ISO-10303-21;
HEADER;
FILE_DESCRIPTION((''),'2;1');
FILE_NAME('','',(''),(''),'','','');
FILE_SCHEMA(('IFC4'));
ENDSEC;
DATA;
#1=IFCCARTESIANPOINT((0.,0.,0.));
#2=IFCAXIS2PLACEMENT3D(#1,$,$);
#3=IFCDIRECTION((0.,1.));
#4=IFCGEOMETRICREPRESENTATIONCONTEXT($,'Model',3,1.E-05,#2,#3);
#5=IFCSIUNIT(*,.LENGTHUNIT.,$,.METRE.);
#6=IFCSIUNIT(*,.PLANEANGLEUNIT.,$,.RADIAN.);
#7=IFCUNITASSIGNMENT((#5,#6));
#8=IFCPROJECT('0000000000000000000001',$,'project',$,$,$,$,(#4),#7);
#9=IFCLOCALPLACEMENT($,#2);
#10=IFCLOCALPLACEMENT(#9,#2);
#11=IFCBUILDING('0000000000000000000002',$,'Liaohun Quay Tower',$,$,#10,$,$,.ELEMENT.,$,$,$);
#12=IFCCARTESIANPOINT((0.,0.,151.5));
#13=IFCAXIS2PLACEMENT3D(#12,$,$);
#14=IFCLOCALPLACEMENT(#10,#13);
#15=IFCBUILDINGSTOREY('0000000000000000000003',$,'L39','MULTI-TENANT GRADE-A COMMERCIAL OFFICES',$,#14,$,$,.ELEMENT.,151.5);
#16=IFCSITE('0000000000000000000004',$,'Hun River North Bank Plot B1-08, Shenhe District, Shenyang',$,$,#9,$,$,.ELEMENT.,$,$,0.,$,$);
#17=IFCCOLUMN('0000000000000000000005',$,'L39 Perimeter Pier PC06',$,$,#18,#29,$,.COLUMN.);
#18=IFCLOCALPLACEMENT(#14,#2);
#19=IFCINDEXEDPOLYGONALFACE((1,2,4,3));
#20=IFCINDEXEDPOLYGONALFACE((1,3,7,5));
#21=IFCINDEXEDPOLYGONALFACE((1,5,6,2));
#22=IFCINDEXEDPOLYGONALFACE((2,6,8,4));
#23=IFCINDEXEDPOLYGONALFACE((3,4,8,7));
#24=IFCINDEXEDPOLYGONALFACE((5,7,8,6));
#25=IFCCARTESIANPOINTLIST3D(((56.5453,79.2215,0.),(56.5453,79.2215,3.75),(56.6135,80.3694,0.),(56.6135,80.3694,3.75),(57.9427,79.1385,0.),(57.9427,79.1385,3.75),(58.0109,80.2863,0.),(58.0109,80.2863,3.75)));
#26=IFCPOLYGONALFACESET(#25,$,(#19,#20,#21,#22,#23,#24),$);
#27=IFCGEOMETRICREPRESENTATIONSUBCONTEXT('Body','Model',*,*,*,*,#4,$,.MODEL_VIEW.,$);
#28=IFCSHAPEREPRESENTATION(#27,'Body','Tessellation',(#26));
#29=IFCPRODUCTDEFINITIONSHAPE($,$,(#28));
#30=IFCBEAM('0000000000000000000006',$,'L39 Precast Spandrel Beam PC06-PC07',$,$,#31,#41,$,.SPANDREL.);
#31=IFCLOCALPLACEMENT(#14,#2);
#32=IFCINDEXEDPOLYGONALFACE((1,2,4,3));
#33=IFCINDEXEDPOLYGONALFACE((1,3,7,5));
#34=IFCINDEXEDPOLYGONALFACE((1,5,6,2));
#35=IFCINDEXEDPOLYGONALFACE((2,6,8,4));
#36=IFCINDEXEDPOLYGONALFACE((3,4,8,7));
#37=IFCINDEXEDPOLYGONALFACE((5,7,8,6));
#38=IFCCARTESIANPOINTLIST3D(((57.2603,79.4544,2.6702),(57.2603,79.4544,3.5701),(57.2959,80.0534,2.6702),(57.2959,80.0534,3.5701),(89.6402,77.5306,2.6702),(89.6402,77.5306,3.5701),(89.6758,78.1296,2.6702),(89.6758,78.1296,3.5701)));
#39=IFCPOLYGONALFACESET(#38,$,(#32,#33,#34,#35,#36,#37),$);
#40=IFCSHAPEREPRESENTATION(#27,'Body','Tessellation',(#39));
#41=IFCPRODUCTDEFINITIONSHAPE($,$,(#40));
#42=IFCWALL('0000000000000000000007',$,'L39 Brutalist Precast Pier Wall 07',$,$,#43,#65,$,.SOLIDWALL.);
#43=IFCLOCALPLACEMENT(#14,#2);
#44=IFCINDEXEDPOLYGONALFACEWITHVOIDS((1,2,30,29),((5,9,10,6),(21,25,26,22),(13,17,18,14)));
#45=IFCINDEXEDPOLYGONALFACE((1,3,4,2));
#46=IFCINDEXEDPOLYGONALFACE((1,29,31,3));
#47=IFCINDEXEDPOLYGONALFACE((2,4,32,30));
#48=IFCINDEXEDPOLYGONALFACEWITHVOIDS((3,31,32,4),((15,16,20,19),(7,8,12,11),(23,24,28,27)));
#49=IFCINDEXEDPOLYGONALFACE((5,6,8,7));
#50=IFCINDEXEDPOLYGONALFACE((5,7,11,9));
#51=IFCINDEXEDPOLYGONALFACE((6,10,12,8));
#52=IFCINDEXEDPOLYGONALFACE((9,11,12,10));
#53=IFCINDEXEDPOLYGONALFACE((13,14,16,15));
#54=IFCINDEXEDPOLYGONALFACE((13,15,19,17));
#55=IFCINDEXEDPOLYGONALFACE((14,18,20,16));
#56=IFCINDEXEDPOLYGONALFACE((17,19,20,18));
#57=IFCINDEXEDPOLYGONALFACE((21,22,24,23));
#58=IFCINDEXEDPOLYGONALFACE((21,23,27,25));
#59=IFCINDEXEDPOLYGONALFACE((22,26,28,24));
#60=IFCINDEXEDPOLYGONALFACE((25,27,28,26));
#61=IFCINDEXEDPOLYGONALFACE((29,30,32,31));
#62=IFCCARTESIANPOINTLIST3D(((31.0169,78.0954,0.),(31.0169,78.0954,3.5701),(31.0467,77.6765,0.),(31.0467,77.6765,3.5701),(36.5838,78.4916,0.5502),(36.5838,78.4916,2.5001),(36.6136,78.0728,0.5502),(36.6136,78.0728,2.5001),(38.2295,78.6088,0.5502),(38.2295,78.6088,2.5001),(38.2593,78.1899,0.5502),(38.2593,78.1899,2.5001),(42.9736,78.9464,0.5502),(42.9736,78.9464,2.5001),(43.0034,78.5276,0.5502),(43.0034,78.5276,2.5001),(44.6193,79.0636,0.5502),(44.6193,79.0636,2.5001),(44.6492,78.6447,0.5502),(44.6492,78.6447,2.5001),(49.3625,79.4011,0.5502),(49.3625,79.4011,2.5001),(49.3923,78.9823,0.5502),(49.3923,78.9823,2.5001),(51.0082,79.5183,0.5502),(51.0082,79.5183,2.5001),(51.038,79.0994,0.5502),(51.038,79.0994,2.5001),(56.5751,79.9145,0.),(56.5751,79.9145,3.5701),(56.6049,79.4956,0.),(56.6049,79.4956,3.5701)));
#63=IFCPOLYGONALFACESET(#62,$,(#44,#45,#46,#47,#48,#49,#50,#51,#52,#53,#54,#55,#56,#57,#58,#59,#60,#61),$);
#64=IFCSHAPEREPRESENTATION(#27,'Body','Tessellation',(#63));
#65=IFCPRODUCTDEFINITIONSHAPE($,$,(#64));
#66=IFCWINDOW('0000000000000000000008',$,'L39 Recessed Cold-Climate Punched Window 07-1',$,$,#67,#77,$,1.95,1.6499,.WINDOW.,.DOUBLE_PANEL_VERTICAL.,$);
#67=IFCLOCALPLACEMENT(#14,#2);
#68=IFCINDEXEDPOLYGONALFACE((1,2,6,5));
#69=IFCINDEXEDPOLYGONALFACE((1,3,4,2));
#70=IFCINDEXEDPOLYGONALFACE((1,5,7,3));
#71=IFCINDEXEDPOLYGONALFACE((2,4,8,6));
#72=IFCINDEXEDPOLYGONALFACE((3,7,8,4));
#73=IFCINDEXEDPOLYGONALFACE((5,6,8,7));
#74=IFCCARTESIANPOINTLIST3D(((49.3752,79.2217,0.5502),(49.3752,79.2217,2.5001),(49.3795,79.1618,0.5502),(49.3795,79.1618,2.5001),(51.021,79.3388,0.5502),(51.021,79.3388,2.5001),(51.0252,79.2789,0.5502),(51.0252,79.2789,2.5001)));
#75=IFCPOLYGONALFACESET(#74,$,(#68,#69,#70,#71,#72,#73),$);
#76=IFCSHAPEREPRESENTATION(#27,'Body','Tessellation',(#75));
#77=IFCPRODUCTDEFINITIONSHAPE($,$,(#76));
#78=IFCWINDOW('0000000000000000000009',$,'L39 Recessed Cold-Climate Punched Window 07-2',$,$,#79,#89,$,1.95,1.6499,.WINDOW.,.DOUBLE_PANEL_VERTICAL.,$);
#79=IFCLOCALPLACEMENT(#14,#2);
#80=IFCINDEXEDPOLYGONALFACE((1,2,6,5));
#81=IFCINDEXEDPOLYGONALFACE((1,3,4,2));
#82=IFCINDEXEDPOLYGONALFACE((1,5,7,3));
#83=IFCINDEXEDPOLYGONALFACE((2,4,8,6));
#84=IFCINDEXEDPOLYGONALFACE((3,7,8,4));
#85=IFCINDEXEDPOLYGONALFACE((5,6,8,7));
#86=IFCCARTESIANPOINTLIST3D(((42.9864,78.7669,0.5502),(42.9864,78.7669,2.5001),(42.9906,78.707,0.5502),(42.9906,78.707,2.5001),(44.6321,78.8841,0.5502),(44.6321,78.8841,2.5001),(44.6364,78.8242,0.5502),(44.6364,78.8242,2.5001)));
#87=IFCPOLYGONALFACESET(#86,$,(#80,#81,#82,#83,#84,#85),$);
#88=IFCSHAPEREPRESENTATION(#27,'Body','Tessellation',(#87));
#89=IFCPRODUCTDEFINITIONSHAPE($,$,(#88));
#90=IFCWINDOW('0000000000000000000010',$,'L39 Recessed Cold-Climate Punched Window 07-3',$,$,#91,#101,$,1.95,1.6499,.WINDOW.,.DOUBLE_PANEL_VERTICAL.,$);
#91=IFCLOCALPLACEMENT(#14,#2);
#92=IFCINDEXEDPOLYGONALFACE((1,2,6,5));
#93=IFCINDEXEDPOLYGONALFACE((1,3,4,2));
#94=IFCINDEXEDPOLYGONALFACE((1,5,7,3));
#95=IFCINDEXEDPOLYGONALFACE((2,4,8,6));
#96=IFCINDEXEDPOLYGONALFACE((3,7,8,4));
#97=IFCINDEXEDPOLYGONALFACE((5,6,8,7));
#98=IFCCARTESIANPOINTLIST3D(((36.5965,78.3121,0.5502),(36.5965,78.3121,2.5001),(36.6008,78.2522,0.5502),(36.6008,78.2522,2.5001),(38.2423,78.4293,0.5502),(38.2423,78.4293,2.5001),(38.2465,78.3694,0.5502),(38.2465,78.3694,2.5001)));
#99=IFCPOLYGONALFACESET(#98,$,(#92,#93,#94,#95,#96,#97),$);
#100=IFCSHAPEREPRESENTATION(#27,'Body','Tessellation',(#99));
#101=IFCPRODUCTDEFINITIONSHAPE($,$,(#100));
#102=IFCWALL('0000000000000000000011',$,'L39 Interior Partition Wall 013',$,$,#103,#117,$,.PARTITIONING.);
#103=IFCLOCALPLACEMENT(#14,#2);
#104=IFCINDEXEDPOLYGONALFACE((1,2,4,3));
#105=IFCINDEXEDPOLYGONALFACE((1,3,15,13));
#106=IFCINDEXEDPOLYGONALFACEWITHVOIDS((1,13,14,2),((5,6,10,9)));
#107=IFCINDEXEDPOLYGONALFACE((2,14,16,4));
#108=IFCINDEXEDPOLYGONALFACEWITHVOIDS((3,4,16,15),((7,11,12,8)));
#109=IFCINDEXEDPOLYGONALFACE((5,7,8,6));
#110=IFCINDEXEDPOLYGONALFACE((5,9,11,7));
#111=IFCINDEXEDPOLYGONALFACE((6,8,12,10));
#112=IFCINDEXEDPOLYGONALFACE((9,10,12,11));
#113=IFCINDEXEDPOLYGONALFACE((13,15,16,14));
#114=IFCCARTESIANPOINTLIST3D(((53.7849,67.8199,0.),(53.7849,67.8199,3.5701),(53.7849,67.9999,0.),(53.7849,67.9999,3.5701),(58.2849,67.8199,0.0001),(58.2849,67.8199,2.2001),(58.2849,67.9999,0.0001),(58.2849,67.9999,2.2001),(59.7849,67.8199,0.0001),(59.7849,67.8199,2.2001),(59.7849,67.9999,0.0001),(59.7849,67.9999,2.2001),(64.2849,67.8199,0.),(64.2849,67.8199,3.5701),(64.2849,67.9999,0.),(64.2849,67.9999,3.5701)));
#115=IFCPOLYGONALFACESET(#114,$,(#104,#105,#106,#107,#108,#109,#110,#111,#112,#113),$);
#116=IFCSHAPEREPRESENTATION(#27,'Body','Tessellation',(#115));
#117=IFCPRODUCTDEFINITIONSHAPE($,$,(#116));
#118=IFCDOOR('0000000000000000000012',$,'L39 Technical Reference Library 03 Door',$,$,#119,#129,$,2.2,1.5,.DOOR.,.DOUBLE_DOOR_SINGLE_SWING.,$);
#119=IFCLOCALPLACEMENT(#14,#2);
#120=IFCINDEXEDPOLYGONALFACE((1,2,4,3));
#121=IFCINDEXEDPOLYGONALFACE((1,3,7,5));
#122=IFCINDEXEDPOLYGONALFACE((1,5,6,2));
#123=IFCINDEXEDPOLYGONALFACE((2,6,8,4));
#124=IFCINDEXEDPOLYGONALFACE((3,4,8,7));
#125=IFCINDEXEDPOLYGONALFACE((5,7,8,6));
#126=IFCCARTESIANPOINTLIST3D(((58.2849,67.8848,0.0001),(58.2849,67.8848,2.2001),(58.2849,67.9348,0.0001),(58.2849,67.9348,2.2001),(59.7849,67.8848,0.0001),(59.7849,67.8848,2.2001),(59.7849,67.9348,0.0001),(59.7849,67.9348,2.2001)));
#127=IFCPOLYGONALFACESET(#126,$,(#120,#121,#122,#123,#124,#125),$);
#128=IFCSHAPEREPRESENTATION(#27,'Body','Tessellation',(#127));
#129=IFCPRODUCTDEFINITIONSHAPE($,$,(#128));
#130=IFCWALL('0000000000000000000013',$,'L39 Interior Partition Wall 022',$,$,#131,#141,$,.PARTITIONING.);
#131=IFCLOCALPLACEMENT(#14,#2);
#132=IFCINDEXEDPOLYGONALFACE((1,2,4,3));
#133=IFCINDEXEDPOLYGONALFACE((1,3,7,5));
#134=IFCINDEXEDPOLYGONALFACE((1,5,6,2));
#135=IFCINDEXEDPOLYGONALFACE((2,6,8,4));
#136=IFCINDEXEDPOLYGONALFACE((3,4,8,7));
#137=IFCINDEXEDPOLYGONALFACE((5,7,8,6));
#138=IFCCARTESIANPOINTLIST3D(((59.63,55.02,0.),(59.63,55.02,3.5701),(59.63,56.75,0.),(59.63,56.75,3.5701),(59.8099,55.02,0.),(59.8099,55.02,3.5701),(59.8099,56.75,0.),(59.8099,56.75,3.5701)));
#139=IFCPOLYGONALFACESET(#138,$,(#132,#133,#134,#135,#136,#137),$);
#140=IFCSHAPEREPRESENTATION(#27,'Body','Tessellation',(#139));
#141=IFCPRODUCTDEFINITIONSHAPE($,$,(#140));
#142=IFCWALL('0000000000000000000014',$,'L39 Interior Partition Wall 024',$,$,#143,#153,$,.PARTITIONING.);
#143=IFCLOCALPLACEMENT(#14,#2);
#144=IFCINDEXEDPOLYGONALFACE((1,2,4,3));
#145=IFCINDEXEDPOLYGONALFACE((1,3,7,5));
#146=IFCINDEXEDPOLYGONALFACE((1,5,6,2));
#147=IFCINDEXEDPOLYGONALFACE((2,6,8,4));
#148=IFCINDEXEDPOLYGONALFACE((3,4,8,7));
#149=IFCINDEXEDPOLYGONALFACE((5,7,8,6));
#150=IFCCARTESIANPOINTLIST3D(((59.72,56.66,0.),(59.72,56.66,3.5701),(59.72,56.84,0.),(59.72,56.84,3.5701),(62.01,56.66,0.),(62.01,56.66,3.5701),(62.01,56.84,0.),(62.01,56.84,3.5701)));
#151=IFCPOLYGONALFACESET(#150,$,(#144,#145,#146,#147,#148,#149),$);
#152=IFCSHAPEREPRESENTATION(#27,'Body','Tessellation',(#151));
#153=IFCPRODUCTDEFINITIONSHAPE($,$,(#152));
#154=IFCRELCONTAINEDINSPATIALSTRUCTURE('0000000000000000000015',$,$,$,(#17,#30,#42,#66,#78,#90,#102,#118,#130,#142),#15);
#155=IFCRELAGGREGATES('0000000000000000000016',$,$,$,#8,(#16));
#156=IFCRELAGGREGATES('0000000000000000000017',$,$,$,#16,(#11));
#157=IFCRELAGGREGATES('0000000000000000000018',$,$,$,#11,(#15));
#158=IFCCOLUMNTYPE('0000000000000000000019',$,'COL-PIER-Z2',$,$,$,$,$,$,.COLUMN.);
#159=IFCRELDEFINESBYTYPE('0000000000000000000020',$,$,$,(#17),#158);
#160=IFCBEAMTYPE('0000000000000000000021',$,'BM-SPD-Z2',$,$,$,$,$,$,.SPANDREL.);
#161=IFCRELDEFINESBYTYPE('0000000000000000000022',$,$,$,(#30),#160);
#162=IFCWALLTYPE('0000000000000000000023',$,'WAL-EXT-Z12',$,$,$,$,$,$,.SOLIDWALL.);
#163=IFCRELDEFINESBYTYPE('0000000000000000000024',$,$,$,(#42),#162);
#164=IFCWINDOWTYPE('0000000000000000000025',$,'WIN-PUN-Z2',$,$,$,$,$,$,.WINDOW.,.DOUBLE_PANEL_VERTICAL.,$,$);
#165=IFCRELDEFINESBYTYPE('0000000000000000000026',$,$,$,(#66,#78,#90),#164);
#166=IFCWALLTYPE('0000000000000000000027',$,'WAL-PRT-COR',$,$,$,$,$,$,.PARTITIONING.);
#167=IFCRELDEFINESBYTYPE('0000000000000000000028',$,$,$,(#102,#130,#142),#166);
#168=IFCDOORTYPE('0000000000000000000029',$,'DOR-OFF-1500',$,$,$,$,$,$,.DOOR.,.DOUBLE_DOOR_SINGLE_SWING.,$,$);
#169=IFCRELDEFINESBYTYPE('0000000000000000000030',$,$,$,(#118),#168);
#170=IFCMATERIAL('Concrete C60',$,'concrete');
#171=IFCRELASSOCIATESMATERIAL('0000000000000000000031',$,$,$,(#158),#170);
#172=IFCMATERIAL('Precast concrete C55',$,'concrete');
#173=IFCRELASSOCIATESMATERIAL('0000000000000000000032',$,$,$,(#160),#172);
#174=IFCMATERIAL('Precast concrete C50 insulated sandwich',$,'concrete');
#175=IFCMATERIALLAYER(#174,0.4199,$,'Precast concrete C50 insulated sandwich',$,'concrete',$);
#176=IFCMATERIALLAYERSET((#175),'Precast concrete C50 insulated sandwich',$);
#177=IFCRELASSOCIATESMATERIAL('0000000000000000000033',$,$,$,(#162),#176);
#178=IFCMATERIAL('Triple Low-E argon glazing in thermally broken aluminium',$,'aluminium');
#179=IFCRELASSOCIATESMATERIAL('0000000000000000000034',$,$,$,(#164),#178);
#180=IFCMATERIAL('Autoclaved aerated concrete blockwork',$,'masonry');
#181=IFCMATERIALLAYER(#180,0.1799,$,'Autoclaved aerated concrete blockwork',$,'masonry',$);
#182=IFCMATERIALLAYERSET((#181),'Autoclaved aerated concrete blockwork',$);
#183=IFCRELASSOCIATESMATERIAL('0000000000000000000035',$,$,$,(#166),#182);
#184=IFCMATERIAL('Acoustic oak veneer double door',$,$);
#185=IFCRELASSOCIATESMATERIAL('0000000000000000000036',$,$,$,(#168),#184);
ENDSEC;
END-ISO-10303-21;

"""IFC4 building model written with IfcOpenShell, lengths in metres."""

from ifc_helpers import new_model, si_unit, direction, frame, frame_2d, origin, origin_2d, place, context, subcontext, project, spatial, rectangle, extrude, source, transform, mapped, material, layer, layer_set, material_profile, profile_set, type_object, element, fill, save


model = new_model("IFC4")

# Units and contexts
model_context = context("Model", 3, precision=1e-05, world=origin(), true_north=direction((0.0, 1.0)))
body_context = subcontext(model_context, "Body", "Model", "MODEL_VIEW")
ifc_project = project(units=[si_unit("LENGTHUNIT", "METRE"), si_unit("PLANEANGLEUNIT", "RADIAN")], contexts=[model_context])

# Site, building, storey
site_placement = place(None, origin())
site = spatial("IfcSite", under=ifc_project, at=site_placement, Name="Hun River North Bank Plot B1-08, Shenhe District, Shenyang", CompositionType="ELEMENT", RefElevation=0.0)
building_placement = place(site_placement, origin())
building = spatial("IfcBuilding", under=site, at=building_placement, Name="Liaohun Quay Tower", CompositionType="ELEMENT")
storey_placement = place(building_placement, frame((0.0, 0.0, 151.5)))
storey = spatial("IfcBuildingStorey", under=building, at=storey_placement, Name="L39", Description="MULTI-TENANT GRADE-A COMMERCIAL OFFICES", CompositionType="ELEMENT", Elevation=151.5)

# Column
ifc_material_1 = material(Name="Concrete C60", Category="concrete")
ifc_material_profile_1 = material_profile(ifc_material_1, rectangle(XDim=1.3999, YDim=1.1499, at=origin_2d()), Name="RC1400x1150")
ifc_profile_set_1 = profile_set([ifc_material_profile_1], Name="Concrete C60")
column_type = type_object("IfcColumnType", Name="COL-PIER-Z2", PredefinedType="COLUMN", material=ifc_profile_set_1)
shared_shape_1 = source(origin(), body_context, "Body", "SweptSolid", [
    extrude(rectangle(XDim=1.3999, YDim=1.1499, at=origin_2d()), origin(), (0.0, 0.0, 1.0), 3.75),
])
column_placement = place(storey_placement, frame((57.2781, 79.7539, 0.0), z_axis=(0.0, 0.0, 1.0), x_axis=(-0.99824, 0.059306, 0.0)))
element("IfcColumn", 1, at=column_placement, inside=storey, type_object=column_type, Name="L39 Perimeter Pier PC06", PredefinedType="COLUMN", context=body_context, shape_type="MappedRepresentation", body=[
    mapped(shared_shape_1, transform((0.0, 0.0, 0.0), x_axis=(1.0, 0.0, 0.0), y_axis=(0.0, 1.0, 0.0), z_axis=(0.0, 0.0, 1.0), scale=1.0)),
])

# Beam
ifc_material_2 = material(Name="Precast concrete C55", Category="concrete")
ifc_material_profile_2 = material_profile(ifc_material_2, rectangle(XDim=0.6001, YDim=0.8999, at=origin_2d()), Name="RC600x900")
ifc_profile_set_2 = profile_set([ifc_material_profile_2], Name="Precast concrete C55")
beam_type = type_object("IfcBeamType", Name="BM-SPD-Z2", PredefinedType="SPANDREL", material=ifc_profile_set_2)
shared_shape_2 = source(origin(), body_context, "Body", "SweptSolid", [
    extrude(rectangle(XDim=0.6001, YDim=0.8999, at=origin_2d()), origin(), (0.0, 0.0, 1.0), 32.437),
])
beam_placement = place(storey_placement, frame((57.2781, 79.7539, 3.1201), z_axis=(0.99824, -0.05931, 0.0), x_axis=(0.05931, 0.99824, 0.0)))
element("IfcBeam", 2, at=beam_placement, inside=storey, type_object=beam_type, Name="L39 Precast Spandrel Beam PC06-PC07", PredefinedType="SPANDREL", context=body_context, shape_type="MappedRepresentation", body=[
    mapped(shared_shape_2, transform((0.0, 0.0, 0.0), x_axis=(1.0, 0.0, 0.0), y_axis=(0.0, 1.0, 0.0), z_axis=(0.0, 0.0, 1.0), scale=1.0)),
])

# Wall, openings, windows
ifc_material_3 = material(Name="Precast concrete C50 insulated sandwich", Category="concrete")
ifc_layer_1 = layer(ifc_material_3, 0.4199, Name="Precast concrete C50 insulated sandwich", Category="concrete")
ifc_layer_set_1 = layer_set([ifc_layer_1], Name="Precast concrete C50 insulated sandwich")
wall_type_1 = type_object("IfcWallType", Name="WAL-EXT-Z12", PredefinedType="SOLIDWALL", material=ifc_layer_set_1)
wall_1_placement = place(storey_placement, frame((56.5901, 79.7051, 0.0), z_axis=(0.0, 0.0, 1.0), x_axis=(-0.997477, -0.070995, 0.0)))
wall_1 = element("IfcWall", 3, at=wall_1_placement, inside=storey, type_object=wall_type_1, Name="L39 Brutalist Precast Pier Wall 07", PredefinedType="SOLIDWALL", context=body_context, shape_type="SweptSolid", body=[
    extrude(rectangle(XDim=25.6228, YDim=0.4199, at=frame_2d((12.8115, 0.0))), origin(), (0.0, 0.0, 1.0), 3.5701),
])
shared_shape_3 = source(origin(), body_context, "Body", "SweptSolid", [
    extrude(rectangle(XDim=1.6499, YDim=1.95, at=frame_2d((0.825, 0.9751))), frame((0.0, 0.22, 0.0), z_axis=(0.0, -1.0, 0.0), x_axis=(1.0, 0.0, 0.0)), (0.0, 0.0, 1.0), 0.4399),
])
opening_1_placement = place(wall_1_placement, frame((5.5811, 0.0, 0.55)))
opening_1 = element("IfcOpeningElement", 4, at=opening_1_placement, cuts=wall_1, PredefinedType="OPENING", context=body_context, shape_type="MappedRepresentation", body=[
    mapped(shared_shape_3, transform((0.0, 0.0, 0.0), x_axis=(1.0, 0.0, 0.0), y_axis=(0.0, 1.0, 0.0), z_axis=(0.0, 0.0, 1.0), scale=1.0)),
])
opening_2_placement = place(wall_1_placement, frame((11.9861, 0.0, 0.55)))
opening_2 = element("IfcOpeningElement", 5, at=opening_2_placement, cuts=wall_1, PredefinedType="OPENING", context=body_context, shape_type="MappedRepresentation", body=[
    mapped(shared_shape_3, transform((0.0, 0.0, 0.0), x_axis=(1.0, 0.0, 0.0), y_axis=(0.0, 1.0, 0.0), z_axis=(0.0, 0.0, 1.0), scale=1.0)),
])
opening_3_placement = place(wall_1_placement, frame((18.3921, 0.0, 0.55)))
opening_3 = element("IfcOpeningElement", 6, at=opening_3_placement, cuts=wall_1, PredefinedType="OPENING", context=body_context, shape_type="MappedRepresentation", body=[
    mapped(shared_shape_3, transform((0.0, 0.0, 0.0), x_axis=(1.0, 0.0, 0.0), y_axis=(0.0, 1.0, 0.0), z_axis=(0.0, 0.0, 1.0), scale=1.0)),
])
ifc_material_4 = material(Name="Triple Low-E argon glazing in thermally broken aluminium", Category="aluminium")
window_type = type_object("IfcWindowType", Name="WIN-PUN-Z2", PartitioningType="DOUBLE_PANEL_VERTICAL", PredefinedType="WINDOW", material=ifc_material_4)
shared_shape_4 = source(origin(), body_context, "Body", "SweptSolid", [
    extrude(rectangle(XDim=1.6499, YDim=1.95, at=frame_2d((0.825, 0.9751))), frame((0.0, 0.03, 0.0), z_axis=(0.0, -1.0, 0.0), x_axis=(1.0, 0.0, 0.0)), (0.0, 0.0, 1.0), 0.0601),
])
window_1_placement = place(opening_1_placement, origin())
window_1 = element("IfcWindow", 7, at=window_1_placement, inside=storey, type_object=window_type, Name="L39 Recessed Cold-Climate Punched Window 07-1", OverallHeight=1.95, OverallWidth=1.6499, PartitioningType="DOUBLE_PANEL_VERTICAL", PredefinedType="WINDOW", context=body_context, shape_type="MappedRepresentation", body=[
    mapped(shared_shape_4, transform((0.0, 0.0, 0.0), x_axis=(1.0, 0.0, 0.0), y_axis=(0.0, 1.0, 0.0), z_axis=(0.0, 0.0, 1.0), scale=1.0)),
])
fill(opening_1, window_1)
window_2_placement = place(opening_2_placement, origin())
window_2 = element("IfcWindow", 8, at=window_2_placement, inside=storey, type_object=window_type, Name="L39 Recessed Cold-Climate Punched Window 07-2", OverallHeight=1.95, OverallWidth=1.6499, PartitioningType="DOUBLE_PANEL_VERTICAL", PredefinedType="WINDOW", context=body_context, shape_type="MappedRepresentation", body=[
    mapped(shared_shape_4, transform((0.0, 0.0, 0.0), x_axis=(1.0, 0.0, 0.0), y_axis=(0.0, 1.0, 0.0), z_axis=(0.0, 0.0, 1.0), scale=1.0)),
])
fill(opening_2, window_2)
window_3_placement = place(opening_3_placement, origin())
window_3 = element("IfcWindow", 9, at=window_3_placement, inside=storey, type_object=window_type, Name="L39 Recessed Cold-Climate Punched Window 07-3", OverallHeight=1.95, OverallWidth=1.6499, PartitioningType="DOUBLE_PANEL_VERTICAL", PredefinedType="WINDOW", context=body_context, shape_type="MappedRepresentation", body=[
    mapped(shared_shape_4, transform((0.0, 0.0, 0.0), x_axis=(1.0, 0.0, 0.0), y_axis=(0.0, 1.0, 0.0), z_axis=(0.0, 0.0, 1.0), scale=1.0)),
])
fill(opening_3, window_3)

# Wall, opening, door
ifc_material_5 = material(Name="Autoclaved aerated concrete blockwork", Category="masonry")
ifc_layer_2 = layer(ifc_material_5, 0.1799, Name="Autoclaved aerated concrete blockwork", Category="masonry")
ifc_layer_set_2 = layer_set([ifc_layer_2], Name="Autoclaved aerated concrete blockwork")
wall_type_2 = type_object("IfcWallType", Name="WAL-PRT-COR", PredefinedType="PARTITIONING", material=ifc_layer_set_2)
wall_2_placement = place(storey_placement, frame((53.7849, 67.9099, 0.0), z_axis=(0.0, 0.0, 1.0), x_axis=(1.0, 0.0, 0.0)))
wall_2 = element("IfcWall", 10, at=wall_2_placement, inside=storey, type_object=wall_type_2, Name="L39 Interior Partition Wall 013", PredefinedType="PARTITIONING", context=body_context, shape_type="SweptSolid", body=[
    extrude(rectangle(XDim=10.5, YDim=0.1799, at=frame_2d((5.25, 0.0))), origin(), (0.0, 0.0, 1.0), 3.5701),
])
shared_shape_5 = source(origin(), body_context, "Body", "SweptSolid", [
    extrude(rectangle(XDim=1.5, YDim=2.2, at=frame_2d((0.75, 1.1001))), frame((0.0, 0.0999, 0.0), z_axis=(0.0, -1.0, 0.0), x_axis=(1.0, 0.0, 0.0)), (0.0, 0.0, 1.0), 0.2),
])
opening_4_placement = place(wall_2_placement, frame((4.5, 0.0, 0.0)))
opening_4 = element("IfcOpeningElement", 11, at=opening_4_placement, cuts=wall_2, PredefinedType="OPENING", context=body_context, shape_type="MappedRepresentation", body=[
    mapped(shared_shape_5, transform((0.0, 0.0, 0.0), x_axis=(1.0, 0.0, 0.0), y_axis=(0.0, 1.0, 0.0), z_axis=(0.0, 0.0, 1.0), scale=1.0)),
])
ifc_material_6 = material(Name="Acoustic oak veneer double door")
door_type_1 = type_object("IfcDoorType", Name="DOR-OFF-1500", OperationType="DOUBLE_DOOR_SINGLE_SWING", PredefinedType="DOOR", material=ifc_material_6)
shared_shape_6 = source(origin(), body_context, "Body", "SweptSolid", [
    extrude(rectangle(XDim=1.5, YDim=2.2, at=frame_2d((0.75, 1.1001))), frame((0.0, 0.0249, 0.0), z_axis=(0.0, -1.0, 0.0), x_axis=(1.0, 0.0, 0.0)), (0.0, 0.0, 1.0), 0.05),
])
door_1_placement = place(opening_4_placement, origin())
door_1 = element("IfcDoor", 12, at=door_1_placement, inside=storey, type_object=door_type_1, Name="L39 Technical Reference Library 03 Door", OperationType="DOUBLE_DOOR_SINGLE_SWING", OverallHeight=2.2, OverallWidth=1.5, PredefinedType="DOOR", context=body_context, shape_type="MappedRepresentation", body=[
    mapped(shared_shape_6, transform((0.0, 0.0, 0.0), x_axis=(1.0, 0.0, 0.0), y_axis=(0.0, 1.0, 0.0), z_axis=(0.0, 0.0, 1.0), scale=1.0)),
])
fill(opening_4, door_1)

# Walls
wall_3_placement = place(storey_placement, frame((59.72, 55.02, 0.0), z_axis=(0.0, 0.0, 1.0), x_axis=(0.0, 1.0, 0.0)))
element("IfcWall", 13, at=wall_3_placement, inside=storey, type_object=wall_type_2, Name="L39 Interior Partition Wall 022", PredefinedType="PARTITIONING", context=body_context, shape_type="SweptSolid", body=[
    extrude(rectangle(XDim=1.73, YDim=0.1799, at=frame_2d((0.865, 0.0))), origin(), (0.0, 0.0, 1.0), 3.5701),
])
wall_4_placement = place(storey_placement, frame((59.72, 56.75, 0.0), z_axis=(0.0, 0.0, 1.0), x_axis=(1.0, 0.0, 0.0)))
element("IfcWall", 14, at=wall_4_placement, inside=storey, type_object=wall_type_2, Name="L39 Interior Partition Wall 024", PredefinedType="PARTITIONING", context=body_context, shape_type="SweptSolid", body=[
    extrude(rectangle(XDim=2.29, YDim=0.1799, at=frame_2d((1.145, 0.0))), origin(), (0.0, 0.0, 1.0), 3.5701),
])

save(model, "model.ifc")
